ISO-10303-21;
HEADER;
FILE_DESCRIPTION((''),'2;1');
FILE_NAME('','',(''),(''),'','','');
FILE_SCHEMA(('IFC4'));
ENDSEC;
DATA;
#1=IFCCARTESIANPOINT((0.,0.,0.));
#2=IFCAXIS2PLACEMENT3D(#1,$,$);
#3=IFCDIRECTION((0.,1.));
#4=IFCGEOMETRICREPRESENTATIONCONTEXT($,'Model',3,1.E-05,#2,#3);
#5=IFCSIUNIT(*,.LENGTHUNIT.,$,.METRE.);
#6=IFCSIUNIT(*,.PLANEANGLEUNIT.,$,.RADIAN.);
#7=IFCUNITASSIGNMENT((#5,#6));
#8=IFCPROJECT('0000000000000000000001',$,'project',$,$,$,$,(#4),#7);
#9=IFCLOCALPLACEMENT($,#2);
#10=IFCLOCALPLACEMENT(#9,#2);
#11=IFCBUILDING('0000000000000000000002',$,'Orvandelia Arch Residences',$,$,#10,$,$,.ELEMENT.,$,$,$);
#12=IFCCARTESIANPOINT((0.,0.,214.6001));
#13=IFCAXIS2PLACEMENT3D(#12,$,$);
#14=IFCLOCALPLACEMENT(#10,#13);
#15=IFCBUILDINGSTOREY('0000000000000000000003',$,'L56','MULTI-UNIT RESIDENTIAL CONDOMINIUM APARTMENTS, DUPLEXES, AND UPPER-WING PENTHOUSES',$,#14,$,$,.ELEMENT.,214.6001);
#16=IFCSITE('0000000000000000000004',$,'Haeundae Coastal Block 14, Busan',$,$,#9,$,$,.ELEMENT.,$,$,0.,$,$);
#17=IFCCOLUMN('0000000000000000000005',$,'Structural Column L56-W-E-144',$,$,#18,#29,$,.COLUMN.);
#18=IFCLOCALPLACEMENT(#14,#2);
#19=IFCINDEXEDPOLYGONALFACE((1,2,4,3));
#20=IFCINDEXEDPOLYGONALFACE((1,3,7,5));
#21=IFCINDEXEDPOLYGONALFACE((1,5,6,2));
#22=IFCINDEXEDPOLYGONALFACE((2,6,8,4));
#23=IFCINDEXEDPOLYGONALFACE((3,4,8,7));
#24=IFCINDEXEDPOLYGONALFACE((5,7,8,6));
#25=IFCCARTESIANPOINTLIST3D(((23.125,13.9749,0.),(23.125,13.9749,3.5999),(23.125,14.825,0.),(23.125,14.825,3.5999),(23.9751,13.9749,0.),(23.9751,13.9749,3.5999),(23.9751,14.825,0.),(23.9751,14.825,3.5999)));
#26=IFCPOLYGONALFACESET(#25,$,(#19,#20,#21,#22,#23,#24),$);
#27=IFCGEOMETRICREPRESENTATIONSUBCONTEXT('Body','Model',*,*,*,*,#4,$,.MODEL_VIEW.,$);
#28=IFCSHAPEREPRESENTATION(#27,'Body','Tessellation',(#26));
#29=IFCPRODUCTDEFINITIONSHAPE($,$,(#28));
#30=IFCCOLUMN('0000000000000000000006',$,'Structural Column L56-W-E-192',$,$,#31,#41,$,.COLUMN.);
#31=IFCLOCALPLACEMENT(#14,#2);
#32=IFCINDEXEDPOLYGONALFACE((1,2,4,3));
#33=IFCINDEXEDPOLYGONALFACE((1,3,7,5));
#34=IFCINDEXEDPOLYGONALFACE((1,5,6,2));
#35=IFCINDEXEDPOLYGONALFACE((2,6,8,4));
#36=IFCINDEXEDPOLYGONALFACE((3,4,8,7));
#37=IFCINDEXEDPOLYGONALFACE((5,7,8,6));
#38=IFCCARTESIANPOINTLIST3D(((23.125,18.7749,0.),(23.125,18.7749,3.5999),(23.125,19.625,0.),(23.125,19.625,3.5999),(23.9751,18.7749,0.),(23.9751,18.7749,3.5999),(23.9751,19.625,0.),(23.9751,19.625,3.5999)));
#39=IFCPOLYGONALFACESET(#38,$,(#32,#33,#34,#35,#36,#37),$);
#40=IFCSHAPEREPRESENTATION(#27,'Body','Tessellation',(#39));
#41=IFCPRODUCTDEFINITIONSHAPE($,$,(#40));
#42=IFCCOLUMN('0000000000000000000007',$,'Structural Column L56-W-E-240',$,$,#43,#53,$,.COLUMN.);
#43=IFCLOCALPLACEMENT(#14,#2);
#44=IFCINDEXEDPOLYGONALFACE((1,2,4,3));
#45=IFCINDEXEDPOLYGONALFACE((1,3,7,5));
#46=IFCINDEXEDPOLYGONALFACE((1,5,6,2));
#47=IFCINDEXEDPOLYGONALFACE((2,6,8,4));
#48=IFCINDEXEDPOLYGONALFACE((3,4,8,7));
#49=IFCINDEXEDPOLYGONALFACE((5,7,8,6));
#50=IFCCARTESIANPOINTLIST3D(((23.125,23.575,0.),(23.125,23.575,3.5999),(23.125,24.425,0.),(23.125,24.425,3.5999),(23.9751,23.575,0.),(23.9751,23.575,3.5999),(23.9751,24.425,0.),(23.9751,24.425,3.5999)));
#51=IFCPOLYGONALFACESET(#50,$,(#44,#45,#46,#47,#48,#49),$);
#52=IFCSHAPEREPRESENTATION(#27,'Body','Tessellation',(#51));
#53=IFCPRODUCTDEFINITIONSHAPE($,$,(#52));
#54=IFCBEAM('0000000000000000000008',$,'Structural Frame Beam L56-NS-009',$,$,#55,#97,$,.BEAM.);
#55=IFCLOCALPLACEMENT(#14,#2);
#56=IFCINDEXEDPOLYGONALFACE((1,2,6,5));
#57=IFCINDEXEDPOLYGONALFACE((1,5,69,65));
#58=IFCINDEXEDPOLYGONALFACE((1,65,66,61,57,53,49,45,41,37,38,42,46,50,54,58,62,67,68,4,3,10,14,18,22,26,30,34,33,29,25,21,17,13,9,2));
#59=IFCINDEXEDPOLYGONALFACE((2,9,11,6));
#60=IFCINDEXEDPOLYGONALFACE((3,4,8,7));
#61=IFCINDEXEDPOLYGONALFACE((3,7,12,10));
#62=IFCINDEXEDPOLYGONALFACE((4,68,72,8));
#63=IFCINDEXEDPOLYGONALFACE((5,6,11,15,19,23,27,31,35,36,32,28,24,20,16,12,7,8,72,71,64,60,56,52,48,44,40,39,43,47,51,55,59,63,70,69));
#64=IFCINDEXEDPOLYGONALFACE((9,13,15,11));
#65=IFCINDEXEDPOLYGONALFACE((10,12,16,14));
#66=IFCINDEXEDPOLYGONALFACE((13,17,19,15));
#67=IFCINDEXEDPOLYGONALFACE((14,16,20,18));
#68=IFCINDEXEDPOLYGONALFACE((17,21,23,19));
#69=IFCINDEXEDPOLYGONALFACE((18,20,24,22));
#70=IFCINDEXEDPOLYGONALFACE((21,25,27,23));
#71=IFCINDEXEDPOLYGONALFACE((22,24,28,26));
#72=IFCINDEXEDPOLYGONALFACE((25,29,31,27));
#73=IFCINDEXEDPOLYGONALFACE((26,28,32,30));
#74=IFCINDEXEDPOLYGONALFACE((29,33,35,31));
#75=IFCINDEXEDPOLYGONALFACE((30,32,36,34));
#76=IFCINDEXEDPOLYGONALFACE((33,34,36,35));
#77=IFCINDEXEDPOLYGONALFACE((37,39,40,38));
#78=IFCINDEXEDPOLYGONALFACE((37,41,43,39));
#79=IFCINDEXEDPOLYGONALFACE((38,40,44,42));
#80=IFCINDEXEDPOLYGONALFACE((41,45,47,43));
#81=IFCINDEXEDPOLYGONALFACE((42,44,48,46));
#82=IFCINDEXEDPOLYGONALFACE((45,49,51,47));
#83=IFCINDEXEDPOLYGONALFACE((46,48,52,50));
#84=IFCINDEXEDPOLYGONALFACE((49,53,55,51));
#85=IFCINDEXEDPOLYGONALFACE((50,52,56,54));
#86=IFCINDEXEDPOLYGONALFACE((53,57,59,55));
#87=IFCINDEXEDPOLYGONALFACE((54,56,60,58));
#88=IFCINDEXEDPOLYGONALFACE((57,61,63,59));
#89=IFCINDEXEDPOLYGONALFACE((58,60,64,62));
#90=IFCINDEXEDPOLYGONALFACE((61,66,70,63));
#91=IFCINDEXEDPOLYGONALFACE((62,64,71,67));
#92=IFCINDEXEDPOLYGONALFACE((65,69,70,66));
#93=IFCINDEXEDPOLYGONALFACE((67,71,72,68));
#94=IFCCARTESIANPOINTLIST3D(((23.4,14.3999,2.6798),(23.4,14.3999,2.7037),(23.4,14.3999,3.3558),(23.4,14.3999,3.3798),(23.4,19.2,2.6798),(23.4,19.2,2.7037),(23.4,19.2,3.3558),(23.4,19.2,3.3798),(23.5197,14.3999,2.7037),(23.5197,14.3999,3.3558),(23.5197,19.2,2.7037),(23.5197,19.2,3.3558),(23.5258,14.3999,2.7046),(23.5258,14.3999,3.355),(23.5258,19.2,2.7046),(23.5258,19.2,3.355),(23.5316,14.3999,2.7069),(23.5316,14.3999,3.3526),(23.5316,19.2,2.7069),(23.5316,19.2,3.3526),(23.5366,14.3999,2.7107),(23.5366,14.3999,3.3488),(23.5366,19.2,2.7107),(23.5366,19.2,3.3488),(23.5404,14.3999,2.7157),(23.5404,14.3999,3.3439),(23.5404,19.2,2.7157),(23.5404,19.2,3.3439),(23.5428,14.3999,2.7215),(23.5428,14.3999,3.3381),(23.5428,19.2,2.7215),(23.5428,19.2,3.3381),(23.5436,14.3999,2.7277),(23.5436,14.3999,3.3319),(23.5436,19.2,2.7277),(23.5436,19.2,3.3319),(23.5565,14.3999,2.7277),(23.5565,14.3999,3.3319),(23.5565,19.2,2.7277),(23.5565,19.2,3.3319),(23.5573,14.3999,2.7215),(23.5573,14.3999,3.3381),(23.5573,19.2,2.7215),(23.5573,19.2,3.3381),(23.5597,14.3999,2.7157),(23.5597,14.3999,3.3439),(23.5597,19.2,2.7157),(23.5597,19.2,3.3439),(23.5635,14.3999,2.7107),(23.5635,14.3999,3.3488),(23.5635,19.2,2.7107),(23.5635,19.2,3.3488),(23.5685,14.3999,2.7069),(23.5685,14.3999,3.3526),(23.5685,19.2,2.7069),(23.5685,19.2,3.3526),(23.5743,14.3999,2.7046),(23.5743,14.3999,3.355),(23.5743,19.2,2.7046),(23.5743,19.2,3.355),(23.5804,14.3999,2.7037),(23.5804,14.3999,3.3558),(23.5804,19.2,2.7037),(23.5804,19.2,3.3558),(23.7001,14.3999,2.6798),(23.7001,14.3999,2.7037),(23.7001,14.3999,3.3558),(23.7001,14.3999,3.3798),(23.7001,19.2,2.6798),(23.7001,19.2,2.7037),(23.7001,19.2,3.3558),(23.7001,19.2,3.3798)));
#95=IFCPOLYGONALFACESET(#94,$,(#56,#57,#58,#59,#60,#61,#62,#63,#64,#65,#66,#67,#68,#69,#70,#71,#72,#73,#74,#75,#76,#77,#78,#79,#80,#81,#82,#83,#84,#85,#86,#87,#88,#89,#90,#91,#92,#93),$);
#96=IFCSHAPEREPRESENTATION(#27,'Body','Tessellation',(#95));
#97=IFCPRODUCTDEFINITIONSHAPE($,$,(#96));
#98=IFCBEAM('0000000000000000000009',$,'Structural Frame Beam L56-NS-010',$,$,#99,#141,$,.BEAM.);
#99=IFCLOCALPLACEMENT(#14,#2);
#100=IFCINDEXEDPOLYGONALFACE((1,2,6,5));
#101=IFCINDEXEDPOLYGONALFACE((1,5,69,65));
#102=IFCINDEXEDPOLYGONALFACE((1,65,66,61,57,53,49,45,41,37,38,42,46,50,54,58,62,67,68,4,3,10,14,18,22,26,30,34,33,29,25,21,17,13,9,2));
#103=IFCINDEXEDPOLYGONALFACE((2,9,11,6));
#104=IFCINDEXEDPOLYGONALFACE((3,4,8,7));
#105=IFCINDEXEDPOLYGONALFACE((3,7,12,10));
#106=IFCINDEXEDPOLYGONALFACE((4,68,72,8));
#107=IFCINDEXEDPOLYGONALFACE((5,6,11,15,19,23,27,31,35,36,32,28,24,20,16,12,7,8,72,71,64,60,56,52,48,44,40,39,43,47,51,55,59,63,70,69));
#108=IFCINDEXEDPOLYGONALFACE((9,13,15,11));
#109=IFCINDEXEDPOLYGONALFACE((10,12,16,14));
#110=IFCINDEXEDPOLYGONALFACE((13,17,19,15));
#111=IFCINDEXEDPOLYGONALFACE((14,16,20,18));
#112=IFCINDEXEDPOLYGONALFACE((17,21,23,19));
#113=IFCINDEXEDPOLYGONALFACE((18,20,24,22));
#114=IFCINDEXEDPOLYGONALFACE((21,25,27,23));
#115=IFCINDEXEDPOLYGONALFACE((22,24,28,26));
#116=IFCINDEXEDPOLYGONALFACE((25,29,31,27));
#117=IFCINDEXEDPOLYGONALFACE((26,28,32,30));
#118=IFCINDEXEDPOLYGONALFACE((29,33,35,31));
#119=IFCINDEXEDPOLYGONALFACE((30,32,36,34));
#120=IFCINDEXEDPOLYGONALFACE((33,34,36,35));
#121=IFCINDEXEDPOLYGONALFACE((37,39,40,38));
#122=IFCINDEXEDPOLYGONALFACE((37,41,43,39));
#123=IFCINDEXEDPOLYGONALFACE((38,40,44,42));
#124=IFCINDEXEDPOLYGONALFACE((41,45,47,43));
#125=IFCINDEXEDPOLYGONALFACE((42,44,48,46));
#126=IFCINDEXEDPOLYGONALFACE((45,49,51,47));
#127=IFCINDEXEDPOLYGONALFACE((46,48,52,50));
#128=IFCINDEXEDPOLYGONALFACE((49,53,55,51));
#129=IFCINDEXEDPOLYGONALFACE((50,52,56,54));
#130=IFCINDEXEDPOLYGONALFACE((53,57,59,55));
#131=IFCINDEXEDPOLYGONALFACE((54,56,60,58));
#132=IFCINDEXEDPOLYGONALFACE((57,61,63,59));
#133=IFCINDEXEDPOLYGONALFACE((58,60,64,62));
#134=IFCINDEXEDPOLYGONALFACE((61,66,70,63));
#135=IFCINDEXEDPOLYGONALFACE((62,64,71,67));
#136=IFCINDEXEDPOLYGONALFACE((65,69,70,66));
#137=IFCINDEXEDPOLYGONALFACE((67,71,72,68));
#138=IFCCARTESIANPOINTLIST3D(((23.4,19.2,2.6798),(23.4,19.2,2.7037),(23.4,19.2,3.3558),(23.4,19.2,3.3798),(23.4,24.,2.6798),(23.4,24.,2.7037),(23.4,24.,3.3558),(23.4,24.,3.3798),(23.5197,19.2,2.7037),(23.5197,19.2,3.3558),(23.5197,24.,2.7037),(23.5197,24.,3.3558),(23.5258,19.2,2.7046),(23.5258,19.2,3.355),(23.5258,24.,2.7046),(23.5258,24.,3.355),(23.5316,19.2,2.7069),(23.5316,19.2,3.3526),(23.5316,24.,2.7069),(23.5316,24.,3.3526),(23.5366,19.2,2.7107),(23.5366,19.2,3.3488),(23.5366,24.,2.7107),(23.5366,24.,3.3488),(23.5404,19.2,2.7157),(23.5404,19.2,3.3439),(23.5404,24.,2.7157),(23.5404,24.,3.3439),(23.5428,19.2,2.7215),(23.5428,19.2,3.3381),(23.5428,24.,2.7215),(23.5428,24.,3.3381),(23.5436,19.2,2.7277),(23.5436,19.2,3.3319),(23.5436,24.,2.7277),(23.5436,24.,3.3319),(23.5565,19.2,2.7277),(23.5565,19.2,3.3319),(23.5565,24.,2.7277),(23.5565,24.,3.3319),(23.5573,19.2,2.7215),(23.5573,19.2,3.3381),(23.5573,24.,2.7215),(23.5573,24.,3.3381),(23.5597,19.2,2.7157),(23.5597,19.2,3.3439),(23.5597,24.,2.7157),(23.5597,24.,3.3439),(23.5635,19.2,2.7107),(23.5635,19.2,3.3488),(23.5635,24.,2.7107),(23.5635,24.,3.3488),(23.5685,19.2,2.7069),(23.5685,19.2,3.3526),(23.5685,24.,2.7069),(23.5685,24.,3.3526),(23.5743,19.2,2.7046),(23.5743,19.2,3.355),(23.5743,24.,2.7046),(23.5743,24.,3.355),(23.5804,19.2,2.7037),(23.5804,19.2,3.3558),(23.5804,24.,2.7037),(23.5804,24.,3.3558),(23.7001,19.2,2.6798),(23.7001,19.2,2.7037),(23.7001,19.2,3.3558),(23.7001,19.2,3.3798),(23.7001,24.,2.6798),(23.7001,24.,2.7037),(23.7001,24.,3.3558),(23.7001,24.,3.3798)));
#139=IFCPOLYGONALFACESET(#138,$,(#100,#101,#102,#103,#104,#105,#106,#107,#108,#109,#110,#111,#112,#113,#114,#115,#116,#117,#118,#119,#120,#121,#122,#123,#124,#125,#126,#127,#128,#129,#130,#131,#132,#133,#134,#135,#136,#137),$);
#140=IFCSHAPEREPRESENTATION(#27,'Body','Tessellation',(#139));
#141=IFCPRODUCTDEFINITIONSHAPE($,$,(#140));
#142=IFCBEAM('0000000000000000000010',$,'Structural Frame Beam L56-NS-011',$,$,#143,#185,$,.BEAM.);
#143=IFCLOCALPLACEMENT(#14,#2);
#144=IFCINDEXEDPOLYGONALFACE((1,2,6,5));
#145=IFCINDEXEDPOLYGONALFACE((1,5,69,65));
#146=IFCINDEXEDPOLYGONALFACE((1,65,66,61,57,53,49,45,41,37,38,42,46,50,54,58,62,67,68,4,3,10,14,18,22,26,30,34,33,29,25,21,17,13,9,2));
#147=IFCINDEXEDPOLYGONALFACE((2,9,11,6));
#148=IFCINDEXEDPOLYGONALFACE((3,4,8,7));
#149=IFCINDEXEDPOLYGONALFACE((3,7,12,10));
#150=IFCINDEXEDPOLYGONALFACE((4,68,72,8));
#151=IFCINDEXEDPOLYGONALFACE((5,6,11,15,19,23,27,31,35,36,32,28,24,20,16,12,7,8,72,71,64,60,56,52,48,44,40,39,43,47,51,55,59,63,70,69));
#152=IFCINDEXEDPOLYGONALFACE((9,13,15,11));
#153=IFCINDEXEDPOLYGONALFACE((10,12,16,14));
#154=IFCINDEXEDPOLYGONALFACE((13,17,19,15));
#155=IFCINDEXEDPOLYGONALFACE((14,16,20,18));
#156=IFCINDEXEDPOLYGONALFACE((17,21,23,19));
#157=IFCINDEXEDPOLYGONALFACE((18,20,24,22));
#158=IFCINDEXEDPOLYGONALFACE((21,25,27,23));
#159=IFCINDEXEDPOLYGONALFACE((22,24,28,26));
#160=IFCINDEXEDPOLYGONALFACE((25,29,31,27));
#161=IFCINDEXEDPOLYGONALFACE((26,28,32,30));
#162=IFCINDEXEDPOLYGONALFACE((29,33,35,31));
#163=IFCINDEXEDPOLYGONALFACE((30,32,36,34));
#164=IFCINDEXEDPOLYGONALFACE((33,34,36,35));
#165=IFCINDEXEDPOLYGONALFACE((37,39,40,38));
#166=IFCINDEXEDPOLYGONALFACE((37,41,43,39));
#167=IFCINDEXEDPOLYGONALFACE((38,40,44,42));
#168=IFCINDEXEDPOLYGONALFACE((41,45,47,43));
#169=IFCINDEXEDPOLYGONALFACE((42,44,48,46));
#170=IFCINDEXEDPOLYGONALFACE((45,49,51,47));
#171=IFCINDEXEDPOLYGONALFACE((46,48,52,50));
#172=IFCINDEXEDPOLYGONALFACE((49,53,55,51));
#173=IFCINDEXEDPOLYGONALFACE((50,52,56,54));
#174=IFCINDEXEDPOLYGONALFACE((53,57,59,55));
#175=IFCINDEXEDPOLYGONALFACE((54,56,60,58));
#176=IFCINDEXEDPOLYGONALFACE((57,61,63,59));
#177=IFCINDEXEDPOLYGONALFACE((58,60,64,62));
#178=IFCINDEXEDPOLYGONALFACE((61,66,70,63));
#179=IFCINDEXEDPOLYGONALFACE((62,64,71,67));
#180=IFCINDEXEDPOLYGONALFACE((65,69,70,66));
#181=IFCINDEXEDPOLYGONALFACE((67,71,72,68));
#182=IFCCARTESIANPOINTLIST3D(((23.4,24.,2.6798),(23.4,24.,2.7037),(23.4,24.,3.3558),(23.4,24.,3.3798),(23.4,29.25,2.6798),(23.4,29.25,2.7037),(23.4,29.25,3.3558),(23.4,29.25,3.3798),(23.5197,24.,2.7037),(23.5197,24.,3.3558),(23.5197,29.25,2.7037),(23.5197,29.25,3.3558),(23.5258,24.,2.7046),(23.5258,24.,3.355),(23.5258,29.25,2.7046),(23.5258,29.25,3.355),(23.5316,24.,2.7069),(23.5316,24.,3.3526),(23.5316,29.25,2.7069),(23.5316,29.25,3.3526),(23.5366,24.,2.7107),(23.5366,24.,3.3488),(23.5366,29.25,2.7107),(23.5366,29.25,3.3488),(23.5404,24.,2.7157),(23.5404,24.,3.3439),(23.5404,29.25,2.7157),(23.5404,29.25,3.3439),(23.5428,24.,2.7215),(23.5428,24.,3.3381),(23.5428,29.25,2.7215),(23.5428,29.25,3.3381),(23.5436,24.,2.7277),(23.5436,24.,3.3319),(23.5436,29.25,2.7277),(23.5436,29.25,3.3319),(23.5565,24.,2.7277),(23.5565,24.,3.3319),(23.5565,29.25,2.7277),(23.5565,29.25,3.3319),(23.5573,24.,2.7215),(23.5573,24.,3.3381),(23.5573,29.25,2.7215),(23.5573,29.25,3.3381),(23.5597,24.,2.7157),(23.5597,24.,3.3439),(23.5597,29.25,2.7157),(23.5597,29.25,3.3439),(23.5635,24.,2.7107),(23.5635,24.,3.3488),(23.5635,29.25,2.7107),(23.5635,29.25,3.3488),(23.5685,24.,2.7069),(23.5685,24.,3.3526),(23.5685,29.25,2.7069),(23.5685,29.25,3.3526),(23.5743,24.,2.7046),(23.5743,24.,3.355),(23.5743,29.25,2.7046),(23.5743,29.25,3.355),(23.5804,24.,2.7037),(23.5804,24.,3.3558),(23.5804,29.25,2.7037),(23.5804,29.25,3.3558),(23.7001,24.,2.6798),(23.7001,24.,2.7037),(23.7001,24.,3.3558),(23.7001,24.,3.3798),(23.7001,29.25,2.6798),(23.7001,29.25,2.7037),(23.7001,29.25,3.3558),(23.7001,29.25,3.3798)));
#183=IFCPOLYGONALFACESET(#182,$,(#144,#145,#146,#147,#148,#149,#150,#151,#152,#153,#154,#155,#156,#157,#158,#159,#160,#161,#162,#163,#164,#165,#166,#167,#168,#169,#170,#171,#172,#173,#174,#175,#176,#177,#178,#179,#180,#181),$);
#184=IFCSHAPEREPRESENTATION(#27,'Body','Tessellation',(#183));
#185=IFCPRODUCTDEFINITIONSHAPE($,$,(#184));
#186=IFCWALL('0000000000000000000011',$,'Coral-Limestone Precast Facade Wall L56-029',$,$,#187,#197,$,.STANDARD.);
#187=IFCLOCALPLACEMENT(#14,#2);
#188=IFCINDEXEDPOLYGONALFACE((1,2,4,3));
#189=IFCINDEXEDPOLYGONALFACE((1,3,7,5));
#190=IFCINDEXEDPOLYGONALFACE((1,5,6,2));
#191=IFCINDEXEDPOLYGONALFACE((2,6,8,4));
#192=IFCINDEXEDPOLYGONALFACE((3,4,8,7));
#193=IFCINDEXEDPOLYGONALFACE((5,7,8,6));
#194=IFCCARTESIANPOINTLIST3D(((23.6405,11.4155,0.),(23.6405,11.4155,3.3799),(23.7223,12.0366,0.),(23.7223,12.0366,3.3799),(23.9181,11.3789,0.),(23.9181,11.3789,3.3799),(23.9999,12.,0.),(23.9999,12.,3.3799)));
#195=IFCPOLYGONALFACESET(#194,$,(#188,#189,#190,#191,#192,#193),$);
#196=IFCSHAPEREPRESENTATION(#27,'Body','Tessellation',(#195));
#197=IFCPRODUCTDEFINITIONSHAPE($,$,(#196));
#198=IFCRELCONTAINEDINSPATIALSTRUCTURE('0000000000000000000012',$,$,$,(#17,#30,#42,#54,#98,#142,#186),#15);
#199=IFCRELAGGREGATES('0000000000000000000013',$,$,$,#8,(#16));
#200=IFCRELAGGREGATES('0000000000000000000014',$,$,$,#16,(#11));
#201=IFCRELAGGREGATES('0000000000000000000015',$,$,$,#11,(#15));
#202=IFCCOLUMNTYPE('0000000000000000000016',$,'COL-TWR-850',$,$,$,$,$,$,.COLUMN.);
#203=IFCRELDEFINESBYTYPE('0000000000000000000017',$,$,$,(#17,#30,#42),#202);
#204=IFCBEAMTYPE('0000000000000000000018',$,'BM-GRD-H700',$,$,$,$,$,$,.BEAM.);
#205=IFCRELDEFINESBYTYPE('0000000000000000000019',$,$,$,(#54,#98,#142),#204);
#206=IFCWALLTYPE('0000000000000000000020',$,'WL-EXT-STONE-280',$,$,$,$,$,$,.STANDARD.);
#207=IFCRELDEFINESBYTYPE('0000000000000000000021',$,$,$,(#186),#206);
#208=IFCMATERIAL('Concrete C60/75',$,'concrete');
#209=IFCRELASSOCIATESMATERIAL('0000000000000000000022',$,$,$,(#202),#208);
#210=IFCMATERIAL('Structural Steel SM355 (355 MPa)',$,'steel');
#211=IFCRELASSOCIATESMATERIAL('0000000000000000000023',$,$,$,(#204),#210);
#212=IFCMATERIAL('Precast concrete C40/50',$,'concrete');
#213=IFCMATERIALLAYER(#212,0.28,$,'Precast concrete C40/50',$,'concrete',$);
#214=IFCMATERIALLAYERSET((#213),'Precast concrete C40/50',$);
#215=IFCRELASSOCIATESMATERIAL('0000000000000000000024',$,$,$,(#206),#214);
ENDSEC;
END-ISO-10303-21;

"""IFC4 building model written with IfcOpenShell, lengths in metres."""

from ifc_helpers import new_model, si_unit, direction, frame, frame_2d, origin, origin_2d, place, context, subcontext, project, spatial, rectangle, i_section, extrude, material, layer, layer_set, material_profile, profile_set, type_object, element, save


model = new_model("IFC4")

# Units and contexts
model_context = context("Model", 3, precision=1e-05, world=origin(), true_north=direction((0.0, 1.0)))
body_context = subcontext(model_context, "Body", "Model", "MODEL_VIEW")
ifc_project = project(units=[si_unit("LENGTHUNIT", "METRE"), si_unit("PLANEANGLEUNIT", "RADIAN")], contexts=[model_context])

# Site, building, storey
site_placement = place(None, origin())
site = spatial("IfcSite", under=ifc_project, at=site_placement, Name="Haeundae Coastal Block 14, Busan", CompositionType="ELEMENT", RefElevation=0.0)
building_placement = place(site_placement, origin())
building = spatial("IfcBuilding", under=site, at=building_placement, Name="Orvandelia Arch Residences", CompositionType="ELEMENT")
storey_placement = place(building_placement, frame((0.0, 0.0, 214.6001)))
storey = spatial("IfcBuildingStorey", under=building, at=storey_placement, Name="L56", Description="MULTI-UNIT RESIDENTIAL CONDOMINIUM APARTMENTS, DUPLEXES, AND UPPER-WING PENTHOUSES", CompositionType="ELEMENT", Elevation=214.6001)

# Columns
ifc_material_1 = material(Name="Concrete C60/75", Category="concrete")
ifc_material_profile_1 = material_profile(ifc_material_1, rectangle(XDim=0.8501, YDim=0.8501, at=origin_2d()), Name="Concrete C60/75", Category="concrete")
ifc_profile_set_1 = profile_set([ifc_material_profile_1], Name="Concrete C60/75")
column_type = type_object("IfcColumnType", Name="COL-TWR-850", PredefinedType="COLUMN", material=ifc_profile_set_1)
for number, where, z_axis, x_axis, name in (
    (1, (23.55, 14.3999, 0.0), (0.0, 0.0, 1.0), (1.0, 0.0, 0.0), "Structural Column L56-W-E-144"),
    (2, (23.55, 19.2, 0.0), (0.0, 0.0, 1.0), (1.0, 0.0, 0.0), "Structural Column L56-W-E-192"),
    (3, (23.55, 24.0, 0.0), (0.0, 0.0, 1.0), (1.0, 0.0, 0.0), "Structural Column L56-W-E-240"),
):
    element("IfcColumn", number, at=place(storey_placement, frame(where, z_axis=z_axis, x_axis=x_axis)), inside=storey, type_object=column_type, Name=name, PredefinedType="COLUMN", context=body_context, shape_type="SweptSolid", body=[
        extrude(rectangle(XDim=0.8501, YDim=0.8501, at=origin_2d()), origin(), (0.0, 0.0, 1.0), 3.5999),
    ])

# Beams
ifc_material_2 = material(Name="Structural Steel SM355 (355 MPa)", Category="steel")
ifc_material_profile_2 = material_profile(ifc_material_2, i_section(OverallWidth=0.3, OverallDepth=0.7, WebThickness=0.0129, FlangeThickness=0.0239, FilletRadius=0.0239, at=origin_2d()), Name="Structural Steel SM355 (355 MPa)", Category="steel")
ifc_profile_set_2 = profile_set([ifc_material_profile_2], Name="Structural Steel SM355 (355 MPa)")
beam_type = type_object("IfcBeamType", Name="BM-GRD-H700", PredefinedType="BEAM", material=ifc_profile_set_2)
for number, where, z_axis, x_axis, name in (
    (4, (23.55, 14.3999, 3.0298), (0.0, 1.0, 0.0), (-1.0, 0.0, 0.0), "Structural Frame Beam L56-NS-009"),
    (5, (23.55, 19.2, 3.0298), (0.0, 1.0, 0.0), (-1.0, 0.0, 0.0), "Structural Frame Beam L56-NS-010"),
):
    element("IfcBeam", number, at=place(storey_placement, frame(where, z_axis=z_axis, x_axis=x_axis)), inside=storey, type_object=beam_type, Name=name, PredefinedType="BEAM", context=body_context, shape_type="SweptSolid", body=[
        extrude(i_section(OverallWidth=0.3, OverallDepth=0.7, WebThickness=0.0129, FlangeThickness=0.0239, FilletRadius=0.0239, at=origin_2d()), origin(), (0.0, 0.0, 1.0), 4.8),
    ])
beam_placement = place(storey_placement, frame((23.55, 24.0, 3.0298), z_axis=(0.0, 1.0, 0.0), x_axis=(-1.0, 0.0, 0.0)))
element("IfcBeam", 6, at=beam_placement, inside=storey, type_object=beam_type, Name="Structural Frame Beam L56-NS-011", PredefinedType="BEAM", context=body_context, shape_type="SweptSolid", body=[
    extrude(i_section(OverallWidth=0.3, OverallDepth=0.7, WebThickness=0.0129, FlangeThickness=0.0239, FilletRadius=0.0239, at=origin_2d()), origin(), (0.0, 0.0, 1.0), 5.25),
])

# Wall
ifc_material_3 = material(Name="Precast concrete C40/50", Category="concrete")
ifc_layer_1 = layer(ifc_material_3, 0.28, Name="Precast concrete C40/50", Category="concrete")
ifc_layer_set_1 = layer_set([ifc_layer_1], Name="Precast concrete C40/50")
wall_type_1 = type_object("IfcWallType", Name="WL-EXT-STONE-280", PredefinedType="STANDARD", material=ifc_layer_set_1)
for number, where, z_axis, x_axis, name in (
    (7, (23.8611, 12.0183, 0.0), (0.0, 0.0, 1.0), (-0.130555, -0.991441, 0.0), "Coral-Limestone Precast Facade Wall L56-029"),
):
    element("IfcWall", number, at=place(storey_placement, frame(where, z_axis=z_axis, x_axis=x_axis)), inside=storey, type_object=wall_type_1, Name=name, PredefinedType="STANDARD", context=body_context, shape_type="SweptSolid", body=[
        extrude(rectangle(XDim=0.6265, YDim=0.28, at=frame_2d((0.3132, 0.0))), origin(), (0.0, 0.0, 1.0), 3.3799),
    ])

save(model, "model.ifc")
